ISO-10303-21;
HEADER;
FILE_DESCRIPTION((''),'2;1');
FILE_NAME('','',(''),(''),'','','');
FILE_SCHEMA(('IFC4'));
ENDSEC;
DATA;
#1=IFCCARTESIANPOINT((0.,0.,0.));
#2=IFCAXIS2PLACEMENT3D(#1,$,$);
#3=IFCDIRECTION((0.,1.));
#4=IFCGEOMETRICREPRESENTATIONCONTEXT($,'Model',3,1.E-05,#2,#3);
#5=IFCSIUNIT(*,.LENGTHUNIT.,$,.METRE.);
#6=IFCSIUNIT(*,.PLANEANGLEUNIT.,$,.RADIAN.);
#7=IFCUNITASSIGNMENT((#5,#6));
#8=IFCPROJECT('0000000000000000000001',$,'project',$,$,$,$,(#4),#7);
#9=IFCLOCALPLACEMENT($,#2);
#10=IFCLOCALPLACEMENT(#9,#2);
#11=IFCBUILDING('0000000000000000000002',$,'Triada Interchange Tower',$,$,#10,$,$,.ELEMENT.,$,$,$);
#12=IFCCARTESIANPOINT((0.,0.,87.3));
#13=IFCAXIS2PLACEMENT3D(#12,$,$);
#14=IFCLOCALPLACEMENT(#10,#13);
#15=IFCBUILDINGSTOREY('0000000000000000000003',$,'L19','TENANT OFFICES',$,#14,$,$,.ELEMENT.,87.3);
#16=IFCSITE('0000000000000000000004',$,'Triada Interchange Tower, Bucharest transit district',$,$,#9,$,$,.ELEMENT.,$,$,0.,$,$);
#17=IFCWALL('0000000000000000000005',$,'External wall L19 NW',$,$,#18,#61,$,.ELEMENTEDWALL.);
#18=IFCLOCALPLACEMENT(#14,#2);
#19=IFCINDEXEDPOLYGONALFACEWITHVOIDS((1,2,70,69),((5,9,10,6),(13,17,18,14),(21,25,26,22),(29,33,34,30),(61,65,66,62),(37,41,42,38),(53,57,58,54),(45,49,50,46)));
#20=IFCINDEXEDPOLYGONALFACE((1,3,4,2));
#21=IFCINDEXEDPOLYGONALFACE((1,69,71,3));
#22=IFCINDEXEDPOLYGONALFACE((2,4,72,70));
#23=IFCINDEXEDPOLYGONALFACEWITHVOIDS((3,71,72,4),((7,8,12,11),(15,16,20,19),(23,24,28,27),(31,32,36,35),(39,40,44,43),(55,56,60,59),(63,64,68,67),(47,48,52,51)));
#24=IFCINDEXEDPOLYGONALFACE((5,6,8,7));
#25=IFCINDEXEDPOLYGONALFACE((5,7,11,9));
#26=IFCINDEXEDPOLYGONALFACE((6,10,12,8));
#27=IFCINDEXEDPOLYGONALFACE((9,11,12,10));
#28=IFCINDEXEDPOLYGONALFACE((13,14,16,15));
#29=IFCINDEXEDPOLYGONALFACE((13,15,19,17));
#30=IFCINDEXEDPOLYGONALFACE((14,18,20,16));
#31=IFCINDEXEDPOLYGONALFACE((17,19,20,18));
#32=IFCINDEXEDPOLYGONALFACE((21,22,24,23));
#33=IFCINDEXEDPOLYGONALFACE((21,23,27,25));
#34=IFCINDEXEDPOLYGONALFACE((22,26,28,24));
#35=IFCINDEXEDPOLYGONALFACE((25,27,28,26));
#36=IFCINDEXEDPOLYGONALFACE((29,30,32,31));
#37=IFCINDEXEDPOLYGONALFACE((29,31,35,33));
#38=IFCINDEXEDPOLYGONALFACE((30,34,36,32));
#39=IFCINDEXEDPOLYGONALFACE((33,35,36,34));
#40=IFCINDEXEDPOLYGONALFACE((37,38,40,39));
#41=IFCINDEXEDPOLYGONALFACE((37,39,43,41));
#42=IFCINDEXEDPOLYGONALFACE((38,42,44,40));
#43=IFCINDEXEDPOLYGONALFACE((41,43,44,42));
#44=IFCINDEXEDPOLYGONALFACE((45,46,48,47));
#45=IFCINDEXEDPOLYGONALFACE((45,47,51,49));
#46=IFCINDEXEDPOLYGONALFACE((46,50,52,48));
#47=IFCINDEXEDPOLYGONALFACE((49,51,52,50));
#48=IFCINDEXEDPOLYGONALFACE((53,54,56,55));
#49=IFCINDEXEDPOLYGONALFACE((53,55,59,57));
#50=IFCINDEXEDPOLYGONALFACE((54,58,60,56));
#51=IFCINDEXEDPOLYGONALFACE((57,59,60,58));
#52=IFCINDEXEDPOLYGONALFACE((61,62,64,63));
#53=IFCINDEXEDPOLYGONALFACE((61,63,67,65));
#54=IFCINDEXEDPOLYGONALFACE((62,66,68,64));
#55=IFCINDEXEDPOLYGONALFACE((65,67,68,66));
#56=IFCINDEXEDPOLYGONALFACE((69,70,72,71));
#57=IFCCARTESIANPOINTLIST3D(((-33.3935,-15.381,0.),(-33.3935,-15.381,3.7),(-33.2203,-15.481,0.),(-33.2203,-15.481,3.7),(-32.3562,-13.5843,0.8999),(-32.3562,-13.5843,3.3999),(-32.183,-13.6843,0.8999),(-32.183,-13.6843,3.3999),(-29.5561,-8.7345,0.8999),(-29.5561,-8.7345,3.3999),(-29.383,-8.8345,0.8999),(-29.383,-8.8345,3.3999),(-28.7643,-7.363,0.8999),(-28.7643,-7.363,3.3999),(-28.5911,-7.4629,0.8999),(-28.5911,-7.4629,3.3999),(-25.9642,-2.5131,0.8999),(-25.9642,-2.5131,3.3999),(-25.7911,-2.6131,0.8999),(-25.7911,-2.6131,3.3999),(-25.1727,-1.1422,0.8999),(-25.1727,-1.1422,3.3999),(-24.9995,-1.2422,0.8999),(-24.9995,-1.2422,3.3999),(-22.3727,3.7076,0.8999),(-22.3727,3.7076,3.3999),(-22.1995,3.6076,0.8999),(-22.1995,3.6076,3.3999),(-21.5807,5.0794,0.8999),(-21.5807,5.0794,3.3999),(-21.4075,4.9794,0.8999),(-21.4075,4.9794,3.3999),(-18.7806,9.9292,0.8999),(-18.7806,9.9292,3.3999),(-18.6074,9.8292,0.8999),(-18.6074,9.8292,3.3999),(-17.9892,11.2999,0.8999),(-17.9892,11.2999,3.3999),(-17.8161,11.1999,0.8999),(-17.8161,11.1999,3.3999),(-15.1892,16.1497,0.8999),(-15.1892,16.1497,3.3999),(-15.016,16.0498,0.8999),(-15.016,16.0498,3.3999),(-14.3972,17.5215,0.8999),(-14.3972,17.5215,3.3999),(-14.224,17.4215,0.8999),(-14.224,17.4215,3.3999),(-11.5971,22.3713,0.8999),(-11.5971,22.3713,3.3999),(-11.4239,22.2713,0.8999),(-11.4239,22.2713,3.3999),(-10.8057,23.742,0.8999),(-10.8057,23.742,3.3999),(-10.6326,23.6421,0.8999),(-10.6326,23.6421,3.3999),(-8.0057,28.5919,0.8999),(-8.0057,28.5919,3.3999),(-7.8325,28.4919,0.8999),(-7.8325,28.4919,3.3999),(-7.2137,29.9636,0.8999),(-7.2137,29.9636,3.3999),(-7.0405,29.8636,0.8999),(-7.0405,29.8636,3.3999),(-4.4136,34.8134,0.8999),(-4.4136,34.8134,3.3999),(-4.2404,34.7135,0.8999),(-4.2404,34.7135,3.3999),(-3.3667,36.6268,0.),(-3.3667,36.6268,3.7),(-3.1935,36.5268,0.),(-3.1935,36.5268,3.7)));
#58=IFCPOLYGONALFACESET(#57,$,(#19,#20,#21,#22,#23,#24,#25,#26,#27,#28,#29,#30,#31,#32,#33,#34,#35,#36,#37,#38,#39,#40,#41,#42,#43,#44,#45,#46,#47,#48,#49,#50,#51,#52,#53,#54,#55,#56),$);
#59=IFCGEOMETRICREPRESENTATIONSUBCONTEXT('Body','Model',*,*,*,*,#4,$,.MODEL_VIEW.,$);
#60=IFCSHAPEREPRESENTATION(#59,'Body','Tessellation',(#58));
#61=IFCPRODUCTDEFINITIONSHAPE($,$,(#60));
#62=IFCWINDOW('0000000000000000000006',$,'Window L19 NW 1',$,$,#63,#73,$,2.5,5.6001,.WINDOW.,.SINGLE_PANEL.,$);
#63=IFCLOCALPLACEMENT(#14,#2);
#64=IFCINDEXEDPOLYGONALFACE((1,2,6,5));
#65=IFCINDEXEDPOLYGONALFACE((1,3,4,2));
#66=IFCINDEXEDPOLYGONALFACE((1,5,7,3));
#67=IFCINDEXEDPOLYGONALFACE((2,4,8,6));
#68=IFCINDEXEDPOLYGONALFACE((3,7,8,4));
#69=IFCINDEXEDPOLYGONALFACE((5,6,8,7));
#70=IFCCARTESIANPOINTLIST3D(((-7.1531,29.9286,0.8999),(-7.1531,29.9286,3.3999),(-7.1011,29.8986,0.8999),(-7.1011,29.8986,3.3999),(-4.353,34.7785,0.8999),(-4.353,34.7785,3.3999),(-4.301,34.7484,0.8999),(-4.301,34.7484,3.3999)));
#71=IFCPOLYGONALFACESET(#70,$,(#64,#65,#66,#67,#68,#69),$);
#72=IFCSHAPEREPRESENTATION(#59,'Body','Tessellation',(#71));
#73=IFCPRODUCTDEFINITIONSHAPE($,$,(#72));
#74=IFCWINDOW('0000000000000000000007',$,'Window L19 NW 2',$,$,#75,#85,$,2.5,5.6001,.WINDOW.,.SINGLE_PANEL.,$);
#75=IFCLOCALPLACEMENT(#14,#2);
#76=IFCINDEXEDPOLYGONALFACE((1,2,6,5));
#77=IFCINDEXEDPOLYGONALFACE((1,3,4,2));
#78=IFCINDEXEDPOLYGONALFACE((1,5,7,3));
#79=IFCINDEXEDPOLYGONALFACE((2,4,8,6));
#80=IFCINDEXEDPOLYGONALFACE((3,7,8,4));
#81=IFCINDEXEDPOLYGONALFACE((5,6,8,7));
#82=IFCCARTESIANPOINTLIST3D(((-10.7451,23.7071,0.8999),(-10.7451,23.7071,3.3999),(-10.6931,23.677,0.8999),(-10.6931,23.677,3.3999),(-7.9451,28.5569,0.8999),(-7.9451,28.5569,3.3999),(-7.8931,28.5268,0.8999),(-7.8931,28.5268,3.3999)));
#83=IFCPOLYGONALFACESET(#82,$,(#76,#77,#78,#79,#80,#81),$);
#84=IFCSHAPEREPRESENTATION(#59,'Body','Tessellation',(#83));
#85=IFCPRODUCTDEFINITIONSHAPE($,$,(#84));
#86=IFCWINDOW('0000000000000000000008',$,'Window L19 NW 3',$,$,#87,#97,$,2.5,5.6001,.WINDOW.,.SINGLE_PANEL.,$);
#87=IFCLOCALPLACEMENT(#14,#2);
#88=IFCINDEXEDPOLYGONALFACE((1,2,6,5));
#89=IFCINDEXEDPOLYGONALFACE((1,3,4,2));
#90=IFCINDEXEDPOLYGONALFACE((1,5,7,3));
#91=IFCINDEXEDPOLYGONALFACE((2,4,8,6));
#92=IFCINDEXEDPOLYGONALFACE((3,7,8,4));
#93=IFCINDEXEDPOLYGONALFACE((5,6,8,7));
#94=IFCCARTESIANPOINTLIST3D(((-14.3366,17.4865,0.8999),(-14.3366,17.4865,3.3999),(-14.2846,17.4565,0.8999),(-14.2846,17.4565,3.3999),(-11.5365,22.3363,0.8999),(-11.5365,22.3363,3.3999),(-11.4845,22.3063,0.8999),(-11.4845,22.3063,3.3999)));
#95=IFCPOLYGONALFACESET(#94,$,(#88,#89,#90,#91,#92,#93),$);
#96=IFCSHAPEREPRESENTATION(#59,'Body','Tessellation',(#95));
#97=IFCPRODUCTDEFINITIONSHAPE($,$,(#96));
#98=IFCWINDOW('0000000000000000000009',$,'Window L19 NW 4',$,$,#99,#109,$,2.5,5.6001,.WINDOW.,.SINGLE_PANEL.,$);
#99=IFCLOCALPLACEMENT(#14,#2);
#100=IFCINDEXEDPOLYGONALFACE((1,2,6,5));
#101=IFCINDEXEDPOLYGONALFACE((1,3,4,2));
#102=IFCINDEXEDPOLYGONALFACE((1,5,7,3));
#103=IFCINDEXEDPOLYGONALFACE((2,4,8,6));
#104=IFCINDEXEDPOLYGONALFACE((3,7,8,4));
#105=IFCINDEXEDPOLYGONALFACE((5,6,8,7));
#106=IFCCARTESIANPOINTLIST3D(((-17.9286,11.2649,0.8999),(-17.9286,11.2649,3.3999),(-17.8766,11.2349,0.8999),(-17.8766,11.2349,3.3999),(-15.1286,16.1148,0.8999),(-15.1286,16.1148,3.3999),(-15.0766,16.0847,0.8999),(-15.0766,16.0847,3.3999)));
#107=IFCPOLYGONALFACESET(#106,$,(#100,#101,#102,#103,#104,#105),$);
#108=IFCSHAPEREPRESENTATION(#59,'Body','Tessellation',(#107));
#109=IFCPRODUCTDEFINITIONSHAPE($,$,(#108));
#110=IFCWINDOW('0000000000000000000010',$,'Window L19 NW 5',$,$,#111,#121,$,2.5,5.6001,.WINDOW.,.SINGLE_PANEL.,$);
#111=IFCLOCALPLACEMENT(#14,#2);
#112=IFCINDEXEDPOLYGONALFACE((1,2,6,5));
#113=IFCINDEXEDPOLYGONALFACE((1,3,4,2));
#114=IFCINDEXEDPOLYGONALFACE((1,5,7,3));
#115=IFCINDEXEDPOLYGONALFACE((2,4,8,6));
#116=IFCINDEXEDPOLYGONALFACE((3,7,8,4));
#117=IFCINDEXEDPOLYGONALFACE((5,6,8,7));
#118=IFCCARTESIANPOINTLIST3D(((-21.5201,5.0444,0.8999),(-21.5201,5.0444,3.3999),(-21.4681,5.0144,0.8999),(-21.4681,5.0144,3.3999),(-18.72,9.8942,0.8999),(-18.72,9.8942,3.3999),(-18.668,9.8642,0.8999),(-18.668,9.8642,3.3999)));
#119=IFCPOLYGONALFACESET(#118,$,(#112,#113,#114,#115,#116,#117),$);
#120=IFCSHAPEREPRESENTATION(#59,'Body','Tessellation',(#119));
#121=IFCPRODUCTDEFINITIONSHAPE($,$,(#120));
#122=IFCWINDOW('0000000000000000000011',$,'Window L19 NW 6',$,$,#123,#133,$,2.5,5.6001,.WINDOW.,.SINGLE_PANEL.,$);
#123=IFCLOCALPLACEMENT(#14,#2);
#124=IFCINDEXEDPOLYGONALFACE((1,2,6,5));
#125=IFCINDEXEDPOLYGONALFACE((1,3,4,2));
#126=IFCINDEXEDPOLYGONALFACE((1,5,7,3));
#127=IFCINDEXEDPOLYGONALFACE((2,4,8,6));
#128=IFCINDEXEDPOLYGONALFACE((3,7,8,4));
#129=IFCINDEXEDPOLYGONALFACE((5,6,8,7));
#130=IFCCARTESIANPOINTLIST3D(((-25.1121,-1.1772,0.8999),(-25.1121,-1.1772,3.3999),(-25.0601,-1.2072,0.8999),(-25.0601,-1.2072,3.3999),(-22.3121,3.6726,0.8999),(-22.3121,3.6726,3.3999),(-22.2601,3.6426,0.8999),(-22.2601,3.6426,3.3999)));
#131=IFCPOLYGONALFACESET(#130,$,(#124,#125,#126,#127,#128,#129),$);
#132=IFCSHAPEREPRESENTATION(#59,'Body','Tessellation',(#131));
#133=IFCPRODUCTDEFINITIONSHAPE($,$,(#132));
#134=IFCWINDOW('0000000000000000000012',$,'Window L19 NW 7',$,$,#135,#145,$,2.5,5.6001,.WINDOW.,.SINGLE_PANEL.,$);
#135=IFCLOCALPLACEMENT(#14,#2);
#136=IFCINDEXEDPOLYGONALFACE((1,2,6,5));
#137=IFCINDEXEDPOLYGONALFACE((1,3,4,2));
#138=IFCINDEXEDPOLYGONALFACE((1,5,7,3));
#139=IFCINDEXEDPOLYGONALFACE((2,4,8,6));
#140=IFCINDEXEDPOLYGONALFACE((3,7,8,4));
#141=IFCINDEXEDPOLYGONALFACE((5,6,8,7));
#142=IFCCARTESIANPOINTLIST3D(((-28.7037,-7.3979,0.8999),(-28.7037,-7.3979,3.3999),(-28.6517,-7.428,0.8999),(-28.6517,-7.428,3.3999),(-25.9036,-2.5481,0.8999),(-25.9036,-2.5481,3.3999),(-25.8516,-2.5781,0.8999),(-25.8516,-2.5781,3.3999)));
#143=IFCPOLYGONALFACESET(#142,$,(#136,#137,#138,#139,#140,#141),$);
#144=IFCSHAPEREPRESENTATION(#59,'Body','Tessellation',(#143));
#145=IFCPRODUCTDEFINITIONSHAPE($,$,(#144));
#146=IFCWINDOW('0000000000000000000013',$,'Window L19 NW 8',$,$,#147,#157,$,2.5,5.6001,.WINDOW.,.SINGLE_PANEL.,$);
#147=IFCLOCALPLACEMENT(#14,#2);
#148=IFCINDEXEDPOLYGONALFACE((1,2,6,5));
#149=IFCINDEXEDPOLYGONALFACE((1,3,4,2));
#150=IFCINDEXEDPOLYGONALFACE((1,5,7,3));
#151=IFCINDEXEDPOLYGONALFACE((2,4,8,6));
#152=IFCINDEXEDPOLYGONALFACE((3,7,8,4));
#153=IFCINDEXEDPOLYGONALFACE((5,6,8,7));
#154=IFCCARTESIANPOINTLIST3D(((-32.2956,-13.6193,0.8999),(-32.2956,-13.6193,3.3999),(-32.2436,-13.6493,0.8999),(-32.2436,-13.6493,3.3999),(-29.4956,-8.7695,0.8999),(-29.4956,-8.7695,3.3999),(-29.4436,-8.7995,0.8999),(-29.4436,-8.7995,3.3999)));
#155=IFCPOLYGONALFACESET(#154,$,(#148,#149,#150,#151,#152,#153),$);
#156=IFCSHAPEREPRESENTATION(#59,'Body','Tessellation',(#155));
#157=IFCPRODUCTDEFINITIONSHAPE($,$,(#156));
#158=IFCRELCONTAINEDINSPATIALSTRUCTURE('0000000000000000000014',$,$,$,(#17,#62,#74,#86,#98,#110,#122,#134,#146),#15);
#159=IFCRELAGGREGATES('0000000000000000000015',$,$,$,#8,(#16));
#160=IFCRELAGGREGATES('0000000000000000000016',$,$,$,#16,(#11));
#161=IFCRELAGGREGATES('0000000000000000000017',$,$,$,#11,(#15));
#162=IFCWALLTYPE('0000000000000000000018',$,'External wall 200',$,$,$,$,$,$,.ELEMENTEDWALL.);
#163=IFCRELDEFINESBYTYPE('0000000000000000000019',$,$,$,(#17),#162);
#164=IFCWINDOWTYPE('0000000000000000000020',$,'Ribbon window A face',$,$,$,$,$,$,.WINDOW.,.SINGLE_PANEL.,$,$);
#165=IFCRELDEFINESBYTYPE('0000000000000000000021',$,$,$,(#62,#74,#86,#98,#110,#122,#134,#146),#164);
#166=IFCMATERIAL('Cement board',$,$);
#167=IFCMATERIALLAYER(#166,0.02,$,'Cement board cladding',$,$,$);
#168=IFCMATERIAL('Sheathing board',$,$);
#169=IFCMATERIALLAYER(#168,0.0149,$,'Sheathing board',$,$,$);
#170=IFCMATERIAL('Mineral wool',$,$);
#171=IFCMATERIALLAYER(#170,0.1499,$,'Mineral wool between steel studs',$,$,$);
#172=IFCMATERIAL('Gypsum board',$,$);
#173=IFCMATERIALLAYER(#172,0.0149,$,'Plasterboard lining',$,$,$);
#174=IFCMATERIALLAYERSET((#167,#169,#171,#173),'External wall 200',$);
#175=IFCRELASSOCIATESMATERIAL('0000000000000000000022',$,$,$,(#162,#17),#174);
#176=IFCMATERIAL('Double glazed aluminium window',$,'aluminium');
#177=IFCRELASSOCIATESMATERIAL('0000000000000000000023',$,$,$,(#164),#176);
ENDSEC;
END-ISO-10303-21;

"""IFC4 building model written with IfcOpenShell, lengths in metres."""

from ifc_helpers import new_model, si_unit, direction, frame, frame_2d, origin, place, context, subcontext, project, spatial, rectangle, extrude, material, layer, layer_set, layer_usage, type_object, element, fill, save


model = new_model("IFC4")

# Units and contexts
model_context = context("Model", 3, precision=1e-05, world=origin(), true_north=direction((0.0, 1.0)))
body_context = subcontext(model_context, "Body", "Model", "MODEL_VIEW")
ifc_project = project(units=[si_unit("LENGTHUNIT", "METRE"), si_unit("PLANEANGLEUNIT", "RADIAN")], contexts=[model_context])

# Site, building, storey
site_placement = place(None, origin())
site = spatial("IfcSite", under=ifc_project, at=site_placement, Name="Triada Interchange Tower, Bucharest transit district", CompositionType="ELEMENT", RefElevation=0.0)
building_placement = place(site_placement, origin())
building = spatial("IfcBuilding", under=site, at=building_placement, Name="Triada Interchange Tower", CompositionType="ELEMENT")
storey_placement = place(building_placement, frame((0.0, 0.0, 87.3)))
storey = spatial("IfcBuildingStorey", under=building, at=storey_placement, Name="L19", Description="TENANT OFFICES", CompositionType="ELEMENT", Elevation=87.3)

# Wall, openings, windows
ifc_material_1 = material(Name="Cement board")
ifc_layer_1 = layer(ifc_material_1, 0.02, Name="Cement board cladding")
ifc_material_2 = material(Name="Sheathing board")
ifc_layer_2 = layer(ifc_material_2, 0.0149, Name="Sheathing board")
ifc_material_3 = material(Name="Mineral wool")
ifc_layer_3 = layer(ifc_material_3, 0.1499, Name="Mineral wool between steel studs")
ifc_material_4 = material(Name="Gypsum board")
ifc_layer_4 = layer(ifc_material_4, 0.0149, Name="Plasterboard lining")
ifc_layer_set_1 = layer_set([ifc_layer_1, ifc_layer_2, ifc_layer_3, ifc_layer_4], Name="External wall 200")
ifc_layer_usage = layer_usage(ifc_layer_set_1, "AXIS2", "POSITIVE", -0.1001)
wall_type_1 = type_object("IfcWallType", Name="External wall 200", PredefinedType="ELEMENTEDWALL", material=ifc_layer_set_1)
wall_1_placement = place(storey_placement, frame((-3.28, 36.5769, 0.0), z_axis=(0.0, 0.0, 1.0), x_axis=(-0.500002, -0.866024, 0.0)))
wall_1 = element("IfcWall", 1, at=wall_1_placement, inside=storey, type_object=wall_type_1, material=ifc_layer_usage, Name="External wall L19 NW", PredefinedType="ELEMENTEDWALL", context=body_context, shape_type="SweptSolid", body=[
    extrude(rectangle(XDim=60.0535, YDim=0.2, at=frame_2d((30.0269, 0.0))), origin(), (0.0, 0.0, 1.0), 3.7),
])
opening_1_placement = place(wall_1_placement, frame((2.094, 0.0, 0.8999)))
opening_1 = element("IfcOpeningElement", 2, at=opening_1_placement, cuts=wall_1, PredefinedType="OPENING", context=body_context, shape_type="SweptSolid", body=[
    extrude(rectangle(XDim=5.6001, YDim=2.5, at=frame_2d((2.8, 1.25))), frame((0.0, 0.1099, 0.0), z_axis=(0.0, -1.0, 0.0), x_axis=(1.0, 0.0, 0.0)), (0.0, 0.0, 1.0), 0.22),
])
opening_2_placement = place(wall_1_placement, frame((9.2781, 0.0, 0.8999)))
opening_2 = element("IfcOpeningElement", 3, at=opening_2_placement, cuts=wall_1, PredefinedType="OPENING", context=body_context, shape_type="SweptSolid", body=[
    extrude(rectangle(XDim=5.6001, YDim=2.5, at=frame_2d((2.8, 1.25))), frame((0.0, 0.1099, 0.0), z_axis=(0.0, -1.0, 0.0), x_axis=(1.0, 0.0, 0.0)), (0.0, 0.0, 1.0), 0.22),
])
opening_3_placement = place(wall_1_placement, frame((16.4609, 0.0, 0.8999)))
opening_3 = element("IfcOpeningElement", 4, at=opening_3_placement, cuts=wall_1, PredefinedType="OPENING", context=body_context, shape_type="SweptSolid", body=[
    extrude(rectangle(XDim=5.6001, YDim=2.5, at=frame_2d((2.8, 1.25))), frame((0.0, 0.1099, 0.0), z_axis=(0.0, -1.0, 0.0), x_axis=(1.0, 0.0, 0.0)), (0.0, 0.0, 1.0), 0.22),
])
opening_4_placement = place(wall_1_placement, frame((23.645, 0.0, 0.8999)))
opening_4 = element("IfcOpeningElement", 5, at=opening_4_placement, cuts=wall_1, PredefinedType="OPENING", context=body_context, shape_type="SweptSolid", body=[
    extrude(rectangle(XDim=5.6001, YDim=2.5, at=frame_2d((2.8, 1.25))), frame((0.0, 0.1099, 0.0), z_axis=(0.0, -1.0, 0.0), x_axis=(1.0, 0.0, 0.0)), (0.0, 0.0, 1.0), 0.22),
])
opening_5_placement = place(wall_1_placement, frame((30.8279, 0.0, 0.8999)))
opening_5 = element("IfcOpeningElement", 6, at=opening_5_placement, cuts=wall_1, PredefinedType="OPENING", context=body_context, shape_type="SweptSolid", body=[
    extrude(rectangle(XDim=5.6001, YDim=2.5, at=frame_2d((2.8, 1.25))), frame((0.0, 0.1099, 0.0), z_axis=(0.0, -1.0, 0.0), x_axis=(1.0, 0.0, 0.0)), (0.0, 0.0, 1.0), 0.22),
])
opening_6_placement = place(wall_1_placement, frame((38.012, 0.0, 0.8999)))
opening_6 = element("IfcOpeningElement", 7, at=opening_6_placement, cuts=wall_1, PredefinedType="OPENING", context=body_context, shape_type="SweptSolid", body=[
    extrude(rectangle(XDim=5.6001, YDim=2.5, at=frame_2d((2.8, 1.25))), frame((0.0, 0.1099, 0.0), z_axis=(0.0, -1.0, 0.0), x_axis=(1.0, 0.0, 0.0)), (0.0, 0.0, 1.0), 0.22),
])
opening_7_placement = place(wall_1_placement, frame((45.1951, 0.0, 0.8999)))
opening_7 = element("IfcOpeningElement", 8, at=opening_7_placement, cuts=wall_1, PredefinedType="OPENING", context=body_context, shape_type="SweptSolid", body=[
    extrude(rectangle(XDim=5.6001, YDim=2.5, at=frame_2d((2.8, 1.25))), frame((0.0, 0.1099, 0.0), z_axis=(0.0, -1.0, 0.0), x_axis=(1.0, 0.0, 0.0)), (0.0, 0.0, 1.0), 0.22),
])
opening_8_placement = place(wall_1_placement, frame((52.3789, 0.0, 0.8999)))
opening_8 = element("IfcOpeningElement", 9, at=opening_8_placement, cuts=wall_1, PredefinedType="OPENING", context=body_context, shape_type="SweptSolid", body=[
    extrude(rectangle(XDim=5.6001, YDim=2.5, at=frame_2d((2.8, 1.25))), frame((0.0, 0.1099, 0.0), z_axis=(0.0, -1.0, 0.0), x_axis=(1.0, 0.0, 0.0)), (0.0, 0.0, 1.0), 0.22),
])
ifc_material_5 = material(Name="Double glazed aluminium window", Category="aluminium")
window_type = type_object("IfcWindowType", Name="Ribbon window A face", PartitioningType="SINGLE_PANEL", PredefinedType="WINDOW", material=ifc_material_5)
window_1_placement = place(opening_1_placement, origin())
window_1 = element("IfcWindow", 10, at=window_1_placement, inside=storey, type_object=window_type, Name="Window L19 NW 1", OverallHeight=2.5, OverallWidth=5.6001, PartitioningType="SINGLE_PANEL", PredefinedType="WINDOW", context=body_context, shape_type="SweptSolid", body=[
    extrude(rectangle(XDim=5.6001, YDim=2.5, at=frame_2d((2.8, 1.25))), frame((0.0, 0.03, 0.0), z_axis=(0.0, -1.0, 0.0), x_axis=(1.0, 0.0, 0.0)), (0.0, 0.0, 1.0), 0.0601),
])
fill(opening_1, window_1)
window_2_placement = place(opening_2_placement, origin())
window_2 = element("IfcWindow", 11, at=window_2_placement, inside=storey, type_object=window_type, Name="Window L19 NW 2", OverallHeight=2.5, OverallWidth=5.6001, PartitioningType="SINGLE_PANEL", PredefinedType="WINDOW", context=body_context, shape_type="SweptSolid", body=[
    extrude(rectangle(XDim=5.6001, YDim=2.5, at=frame_2d((2.8, 1.25))), frame((0.0, 0.03, 0.0), z_axis=(0.0, -1.0, 0.0), x_axis=(1.0, 0.0, 0.0)), (0.0, 0.0, 1.0), 0.0601),
])
fill(opening_2, window_2)
window_3_placement = place(opening_3_placement, origin())
window_3 = element("IfcWindow", 12, at=window_3_placement, inside=storey, type_object=window_type, Name="Window L19 NW 3", OverallHeight=2.5, OverallWidth=5.6001, PartitioningType="SINGLE_PANEL", PredefinedType="WINDOW", context=body_context, shape_type="SweptSolid", body=[
    extrude(rectangle(XDim=5.6001, YDim=2.5, at=frame_2d((2.8, 1.25))), frame((0.0, 0.03, 0.0), z_axis=(0.0, -1.0, 0.0), x_axis=(1.0, 0.0, 0.0)), (0.0, 0.0, 1.0), 0.0601),
])
fill(opening_3, window_3)
window_4_placement = place(opening_4_placement, origin())
window_4 = element("IfcWindow", 13, at=window_4_placement, inside=storey, type_object=window_type, Name="Window L19 NW 4", OverallHeight=2.5, OverallWidth=5.6001, PartitioningType="SINGLE_PANEL", PredefinedType="WINDOW", context=body_context, shape_type="SweptSolid", body=[
    extrude(rectangle(XDim=5.6001, YDim=2.5, at=frame_2d((2.8, 1.25))), frame((0.0, 0.03, 0.0), z_axis=(0.0, -1.0, 0.0), x_axis=(1.0, 0.0, 0.0)), (0.0, 0.0, 1.0), 0.0601),
])
fill(opening_4, window_4)
window_5_placement = place(opening_5_placement, origin())
window_5 = element("IfcWindow", 14, at=window_5_placement, inside=storey, type_object=window_type, Name="Window L19 NW 5", OverallHeight=2.5, OverallWidth=5.6001, PartitioningType="SINGLE_PANEL", PredefinedType="WINDOW", context=body_context, shape_type="SweptSolid", body=[
    extrude(rectangle(XDim=5.6001, YDim=2.5, at=frame_2d((2.8, 1.25))), frame((0.0, 0.03, 0.0), z_axis=(0.0, -1.0, 0.0), x_axis=(1.0, 0.0, 0.0)), (0.0, 0.0, 1.0), 0.0601),
])
fill(opening_5, window_5)
window_6_placement = place(opening_6_placement, origin())
window_6 = element("IfcWindow", 15, at=window_6_placement, inside=storey, type_object=window_type, Name="Window L19 NW 6", OverallHeight=2.5, OverallWidth=5.6001, PartitioningType="SINGLE_PANEL", PredefinedType="WINDOW", context=body_context, shape_type="SweptSolid", body=[
    extrude(rectangle(XDim=5.6001, YDim=2.5, at=frame_2d((2.8, 1.25))), frame((0.0, 0.03, 0.0), z_axis=(0.0, -1.0, 0.0), x_axis=(1.0, 0.0, 0.0)), (0.0, 0.0, 1.0), 0.0601),
])
fill(opening_6, window_6)
window_7_placement = place(opening_7_placement, origin())
window_7 = element("IfcWindow", 16, at=window_7_placement, inside=storey, type_object=window_type, Name="Window L19 NW 7", OverallHeight=2.5, OverallWidth=5.6001, PartitioningType="SINGLE_PANEL", PredefinedType="WINDOW", context=body_context, shape_type="SweptSolid", body=[
    extrude(rectangle(XDim=5.6001, YDim=2.5, at=frame_2d((2.8, 1.25))), frame((0.0, 0.03, 0.0), z_axis=(0.0, -1.0, 0.0), x_axis=(1.0, 0.0, 0.0)), (0.0, 0.0, 1.0), 0.0601),
])
fill(opening_7, window_7)
window_8_placement = place(opening_8_placement, origin())
window_8 = element("IfcWindow", 17, at=window_8_placement, inside=storey, type_object=window_type, Name="Window L19 NW 8", OverallHeight=2.5, OverallWidth=5.6001, PartitioningType="SINGLE_PANEL", PredefinedType="WINDOW", context=body_context, shape_type="SweptSolid", body=[
    extrude(rectangle(XDim=5.6001, YDim=2.5, at=frame_2d((2.8, 1.25))), frame((0.0, 0.03, 0.0), z_axis=(0.0, -1.0, 0.0), x_axis=(1.0, 0.0, 0.0)), (0.0, 0.0, 1.0), 0.0601),
])
fill(opening_8, window_8)

save(model, "model.ifc")
